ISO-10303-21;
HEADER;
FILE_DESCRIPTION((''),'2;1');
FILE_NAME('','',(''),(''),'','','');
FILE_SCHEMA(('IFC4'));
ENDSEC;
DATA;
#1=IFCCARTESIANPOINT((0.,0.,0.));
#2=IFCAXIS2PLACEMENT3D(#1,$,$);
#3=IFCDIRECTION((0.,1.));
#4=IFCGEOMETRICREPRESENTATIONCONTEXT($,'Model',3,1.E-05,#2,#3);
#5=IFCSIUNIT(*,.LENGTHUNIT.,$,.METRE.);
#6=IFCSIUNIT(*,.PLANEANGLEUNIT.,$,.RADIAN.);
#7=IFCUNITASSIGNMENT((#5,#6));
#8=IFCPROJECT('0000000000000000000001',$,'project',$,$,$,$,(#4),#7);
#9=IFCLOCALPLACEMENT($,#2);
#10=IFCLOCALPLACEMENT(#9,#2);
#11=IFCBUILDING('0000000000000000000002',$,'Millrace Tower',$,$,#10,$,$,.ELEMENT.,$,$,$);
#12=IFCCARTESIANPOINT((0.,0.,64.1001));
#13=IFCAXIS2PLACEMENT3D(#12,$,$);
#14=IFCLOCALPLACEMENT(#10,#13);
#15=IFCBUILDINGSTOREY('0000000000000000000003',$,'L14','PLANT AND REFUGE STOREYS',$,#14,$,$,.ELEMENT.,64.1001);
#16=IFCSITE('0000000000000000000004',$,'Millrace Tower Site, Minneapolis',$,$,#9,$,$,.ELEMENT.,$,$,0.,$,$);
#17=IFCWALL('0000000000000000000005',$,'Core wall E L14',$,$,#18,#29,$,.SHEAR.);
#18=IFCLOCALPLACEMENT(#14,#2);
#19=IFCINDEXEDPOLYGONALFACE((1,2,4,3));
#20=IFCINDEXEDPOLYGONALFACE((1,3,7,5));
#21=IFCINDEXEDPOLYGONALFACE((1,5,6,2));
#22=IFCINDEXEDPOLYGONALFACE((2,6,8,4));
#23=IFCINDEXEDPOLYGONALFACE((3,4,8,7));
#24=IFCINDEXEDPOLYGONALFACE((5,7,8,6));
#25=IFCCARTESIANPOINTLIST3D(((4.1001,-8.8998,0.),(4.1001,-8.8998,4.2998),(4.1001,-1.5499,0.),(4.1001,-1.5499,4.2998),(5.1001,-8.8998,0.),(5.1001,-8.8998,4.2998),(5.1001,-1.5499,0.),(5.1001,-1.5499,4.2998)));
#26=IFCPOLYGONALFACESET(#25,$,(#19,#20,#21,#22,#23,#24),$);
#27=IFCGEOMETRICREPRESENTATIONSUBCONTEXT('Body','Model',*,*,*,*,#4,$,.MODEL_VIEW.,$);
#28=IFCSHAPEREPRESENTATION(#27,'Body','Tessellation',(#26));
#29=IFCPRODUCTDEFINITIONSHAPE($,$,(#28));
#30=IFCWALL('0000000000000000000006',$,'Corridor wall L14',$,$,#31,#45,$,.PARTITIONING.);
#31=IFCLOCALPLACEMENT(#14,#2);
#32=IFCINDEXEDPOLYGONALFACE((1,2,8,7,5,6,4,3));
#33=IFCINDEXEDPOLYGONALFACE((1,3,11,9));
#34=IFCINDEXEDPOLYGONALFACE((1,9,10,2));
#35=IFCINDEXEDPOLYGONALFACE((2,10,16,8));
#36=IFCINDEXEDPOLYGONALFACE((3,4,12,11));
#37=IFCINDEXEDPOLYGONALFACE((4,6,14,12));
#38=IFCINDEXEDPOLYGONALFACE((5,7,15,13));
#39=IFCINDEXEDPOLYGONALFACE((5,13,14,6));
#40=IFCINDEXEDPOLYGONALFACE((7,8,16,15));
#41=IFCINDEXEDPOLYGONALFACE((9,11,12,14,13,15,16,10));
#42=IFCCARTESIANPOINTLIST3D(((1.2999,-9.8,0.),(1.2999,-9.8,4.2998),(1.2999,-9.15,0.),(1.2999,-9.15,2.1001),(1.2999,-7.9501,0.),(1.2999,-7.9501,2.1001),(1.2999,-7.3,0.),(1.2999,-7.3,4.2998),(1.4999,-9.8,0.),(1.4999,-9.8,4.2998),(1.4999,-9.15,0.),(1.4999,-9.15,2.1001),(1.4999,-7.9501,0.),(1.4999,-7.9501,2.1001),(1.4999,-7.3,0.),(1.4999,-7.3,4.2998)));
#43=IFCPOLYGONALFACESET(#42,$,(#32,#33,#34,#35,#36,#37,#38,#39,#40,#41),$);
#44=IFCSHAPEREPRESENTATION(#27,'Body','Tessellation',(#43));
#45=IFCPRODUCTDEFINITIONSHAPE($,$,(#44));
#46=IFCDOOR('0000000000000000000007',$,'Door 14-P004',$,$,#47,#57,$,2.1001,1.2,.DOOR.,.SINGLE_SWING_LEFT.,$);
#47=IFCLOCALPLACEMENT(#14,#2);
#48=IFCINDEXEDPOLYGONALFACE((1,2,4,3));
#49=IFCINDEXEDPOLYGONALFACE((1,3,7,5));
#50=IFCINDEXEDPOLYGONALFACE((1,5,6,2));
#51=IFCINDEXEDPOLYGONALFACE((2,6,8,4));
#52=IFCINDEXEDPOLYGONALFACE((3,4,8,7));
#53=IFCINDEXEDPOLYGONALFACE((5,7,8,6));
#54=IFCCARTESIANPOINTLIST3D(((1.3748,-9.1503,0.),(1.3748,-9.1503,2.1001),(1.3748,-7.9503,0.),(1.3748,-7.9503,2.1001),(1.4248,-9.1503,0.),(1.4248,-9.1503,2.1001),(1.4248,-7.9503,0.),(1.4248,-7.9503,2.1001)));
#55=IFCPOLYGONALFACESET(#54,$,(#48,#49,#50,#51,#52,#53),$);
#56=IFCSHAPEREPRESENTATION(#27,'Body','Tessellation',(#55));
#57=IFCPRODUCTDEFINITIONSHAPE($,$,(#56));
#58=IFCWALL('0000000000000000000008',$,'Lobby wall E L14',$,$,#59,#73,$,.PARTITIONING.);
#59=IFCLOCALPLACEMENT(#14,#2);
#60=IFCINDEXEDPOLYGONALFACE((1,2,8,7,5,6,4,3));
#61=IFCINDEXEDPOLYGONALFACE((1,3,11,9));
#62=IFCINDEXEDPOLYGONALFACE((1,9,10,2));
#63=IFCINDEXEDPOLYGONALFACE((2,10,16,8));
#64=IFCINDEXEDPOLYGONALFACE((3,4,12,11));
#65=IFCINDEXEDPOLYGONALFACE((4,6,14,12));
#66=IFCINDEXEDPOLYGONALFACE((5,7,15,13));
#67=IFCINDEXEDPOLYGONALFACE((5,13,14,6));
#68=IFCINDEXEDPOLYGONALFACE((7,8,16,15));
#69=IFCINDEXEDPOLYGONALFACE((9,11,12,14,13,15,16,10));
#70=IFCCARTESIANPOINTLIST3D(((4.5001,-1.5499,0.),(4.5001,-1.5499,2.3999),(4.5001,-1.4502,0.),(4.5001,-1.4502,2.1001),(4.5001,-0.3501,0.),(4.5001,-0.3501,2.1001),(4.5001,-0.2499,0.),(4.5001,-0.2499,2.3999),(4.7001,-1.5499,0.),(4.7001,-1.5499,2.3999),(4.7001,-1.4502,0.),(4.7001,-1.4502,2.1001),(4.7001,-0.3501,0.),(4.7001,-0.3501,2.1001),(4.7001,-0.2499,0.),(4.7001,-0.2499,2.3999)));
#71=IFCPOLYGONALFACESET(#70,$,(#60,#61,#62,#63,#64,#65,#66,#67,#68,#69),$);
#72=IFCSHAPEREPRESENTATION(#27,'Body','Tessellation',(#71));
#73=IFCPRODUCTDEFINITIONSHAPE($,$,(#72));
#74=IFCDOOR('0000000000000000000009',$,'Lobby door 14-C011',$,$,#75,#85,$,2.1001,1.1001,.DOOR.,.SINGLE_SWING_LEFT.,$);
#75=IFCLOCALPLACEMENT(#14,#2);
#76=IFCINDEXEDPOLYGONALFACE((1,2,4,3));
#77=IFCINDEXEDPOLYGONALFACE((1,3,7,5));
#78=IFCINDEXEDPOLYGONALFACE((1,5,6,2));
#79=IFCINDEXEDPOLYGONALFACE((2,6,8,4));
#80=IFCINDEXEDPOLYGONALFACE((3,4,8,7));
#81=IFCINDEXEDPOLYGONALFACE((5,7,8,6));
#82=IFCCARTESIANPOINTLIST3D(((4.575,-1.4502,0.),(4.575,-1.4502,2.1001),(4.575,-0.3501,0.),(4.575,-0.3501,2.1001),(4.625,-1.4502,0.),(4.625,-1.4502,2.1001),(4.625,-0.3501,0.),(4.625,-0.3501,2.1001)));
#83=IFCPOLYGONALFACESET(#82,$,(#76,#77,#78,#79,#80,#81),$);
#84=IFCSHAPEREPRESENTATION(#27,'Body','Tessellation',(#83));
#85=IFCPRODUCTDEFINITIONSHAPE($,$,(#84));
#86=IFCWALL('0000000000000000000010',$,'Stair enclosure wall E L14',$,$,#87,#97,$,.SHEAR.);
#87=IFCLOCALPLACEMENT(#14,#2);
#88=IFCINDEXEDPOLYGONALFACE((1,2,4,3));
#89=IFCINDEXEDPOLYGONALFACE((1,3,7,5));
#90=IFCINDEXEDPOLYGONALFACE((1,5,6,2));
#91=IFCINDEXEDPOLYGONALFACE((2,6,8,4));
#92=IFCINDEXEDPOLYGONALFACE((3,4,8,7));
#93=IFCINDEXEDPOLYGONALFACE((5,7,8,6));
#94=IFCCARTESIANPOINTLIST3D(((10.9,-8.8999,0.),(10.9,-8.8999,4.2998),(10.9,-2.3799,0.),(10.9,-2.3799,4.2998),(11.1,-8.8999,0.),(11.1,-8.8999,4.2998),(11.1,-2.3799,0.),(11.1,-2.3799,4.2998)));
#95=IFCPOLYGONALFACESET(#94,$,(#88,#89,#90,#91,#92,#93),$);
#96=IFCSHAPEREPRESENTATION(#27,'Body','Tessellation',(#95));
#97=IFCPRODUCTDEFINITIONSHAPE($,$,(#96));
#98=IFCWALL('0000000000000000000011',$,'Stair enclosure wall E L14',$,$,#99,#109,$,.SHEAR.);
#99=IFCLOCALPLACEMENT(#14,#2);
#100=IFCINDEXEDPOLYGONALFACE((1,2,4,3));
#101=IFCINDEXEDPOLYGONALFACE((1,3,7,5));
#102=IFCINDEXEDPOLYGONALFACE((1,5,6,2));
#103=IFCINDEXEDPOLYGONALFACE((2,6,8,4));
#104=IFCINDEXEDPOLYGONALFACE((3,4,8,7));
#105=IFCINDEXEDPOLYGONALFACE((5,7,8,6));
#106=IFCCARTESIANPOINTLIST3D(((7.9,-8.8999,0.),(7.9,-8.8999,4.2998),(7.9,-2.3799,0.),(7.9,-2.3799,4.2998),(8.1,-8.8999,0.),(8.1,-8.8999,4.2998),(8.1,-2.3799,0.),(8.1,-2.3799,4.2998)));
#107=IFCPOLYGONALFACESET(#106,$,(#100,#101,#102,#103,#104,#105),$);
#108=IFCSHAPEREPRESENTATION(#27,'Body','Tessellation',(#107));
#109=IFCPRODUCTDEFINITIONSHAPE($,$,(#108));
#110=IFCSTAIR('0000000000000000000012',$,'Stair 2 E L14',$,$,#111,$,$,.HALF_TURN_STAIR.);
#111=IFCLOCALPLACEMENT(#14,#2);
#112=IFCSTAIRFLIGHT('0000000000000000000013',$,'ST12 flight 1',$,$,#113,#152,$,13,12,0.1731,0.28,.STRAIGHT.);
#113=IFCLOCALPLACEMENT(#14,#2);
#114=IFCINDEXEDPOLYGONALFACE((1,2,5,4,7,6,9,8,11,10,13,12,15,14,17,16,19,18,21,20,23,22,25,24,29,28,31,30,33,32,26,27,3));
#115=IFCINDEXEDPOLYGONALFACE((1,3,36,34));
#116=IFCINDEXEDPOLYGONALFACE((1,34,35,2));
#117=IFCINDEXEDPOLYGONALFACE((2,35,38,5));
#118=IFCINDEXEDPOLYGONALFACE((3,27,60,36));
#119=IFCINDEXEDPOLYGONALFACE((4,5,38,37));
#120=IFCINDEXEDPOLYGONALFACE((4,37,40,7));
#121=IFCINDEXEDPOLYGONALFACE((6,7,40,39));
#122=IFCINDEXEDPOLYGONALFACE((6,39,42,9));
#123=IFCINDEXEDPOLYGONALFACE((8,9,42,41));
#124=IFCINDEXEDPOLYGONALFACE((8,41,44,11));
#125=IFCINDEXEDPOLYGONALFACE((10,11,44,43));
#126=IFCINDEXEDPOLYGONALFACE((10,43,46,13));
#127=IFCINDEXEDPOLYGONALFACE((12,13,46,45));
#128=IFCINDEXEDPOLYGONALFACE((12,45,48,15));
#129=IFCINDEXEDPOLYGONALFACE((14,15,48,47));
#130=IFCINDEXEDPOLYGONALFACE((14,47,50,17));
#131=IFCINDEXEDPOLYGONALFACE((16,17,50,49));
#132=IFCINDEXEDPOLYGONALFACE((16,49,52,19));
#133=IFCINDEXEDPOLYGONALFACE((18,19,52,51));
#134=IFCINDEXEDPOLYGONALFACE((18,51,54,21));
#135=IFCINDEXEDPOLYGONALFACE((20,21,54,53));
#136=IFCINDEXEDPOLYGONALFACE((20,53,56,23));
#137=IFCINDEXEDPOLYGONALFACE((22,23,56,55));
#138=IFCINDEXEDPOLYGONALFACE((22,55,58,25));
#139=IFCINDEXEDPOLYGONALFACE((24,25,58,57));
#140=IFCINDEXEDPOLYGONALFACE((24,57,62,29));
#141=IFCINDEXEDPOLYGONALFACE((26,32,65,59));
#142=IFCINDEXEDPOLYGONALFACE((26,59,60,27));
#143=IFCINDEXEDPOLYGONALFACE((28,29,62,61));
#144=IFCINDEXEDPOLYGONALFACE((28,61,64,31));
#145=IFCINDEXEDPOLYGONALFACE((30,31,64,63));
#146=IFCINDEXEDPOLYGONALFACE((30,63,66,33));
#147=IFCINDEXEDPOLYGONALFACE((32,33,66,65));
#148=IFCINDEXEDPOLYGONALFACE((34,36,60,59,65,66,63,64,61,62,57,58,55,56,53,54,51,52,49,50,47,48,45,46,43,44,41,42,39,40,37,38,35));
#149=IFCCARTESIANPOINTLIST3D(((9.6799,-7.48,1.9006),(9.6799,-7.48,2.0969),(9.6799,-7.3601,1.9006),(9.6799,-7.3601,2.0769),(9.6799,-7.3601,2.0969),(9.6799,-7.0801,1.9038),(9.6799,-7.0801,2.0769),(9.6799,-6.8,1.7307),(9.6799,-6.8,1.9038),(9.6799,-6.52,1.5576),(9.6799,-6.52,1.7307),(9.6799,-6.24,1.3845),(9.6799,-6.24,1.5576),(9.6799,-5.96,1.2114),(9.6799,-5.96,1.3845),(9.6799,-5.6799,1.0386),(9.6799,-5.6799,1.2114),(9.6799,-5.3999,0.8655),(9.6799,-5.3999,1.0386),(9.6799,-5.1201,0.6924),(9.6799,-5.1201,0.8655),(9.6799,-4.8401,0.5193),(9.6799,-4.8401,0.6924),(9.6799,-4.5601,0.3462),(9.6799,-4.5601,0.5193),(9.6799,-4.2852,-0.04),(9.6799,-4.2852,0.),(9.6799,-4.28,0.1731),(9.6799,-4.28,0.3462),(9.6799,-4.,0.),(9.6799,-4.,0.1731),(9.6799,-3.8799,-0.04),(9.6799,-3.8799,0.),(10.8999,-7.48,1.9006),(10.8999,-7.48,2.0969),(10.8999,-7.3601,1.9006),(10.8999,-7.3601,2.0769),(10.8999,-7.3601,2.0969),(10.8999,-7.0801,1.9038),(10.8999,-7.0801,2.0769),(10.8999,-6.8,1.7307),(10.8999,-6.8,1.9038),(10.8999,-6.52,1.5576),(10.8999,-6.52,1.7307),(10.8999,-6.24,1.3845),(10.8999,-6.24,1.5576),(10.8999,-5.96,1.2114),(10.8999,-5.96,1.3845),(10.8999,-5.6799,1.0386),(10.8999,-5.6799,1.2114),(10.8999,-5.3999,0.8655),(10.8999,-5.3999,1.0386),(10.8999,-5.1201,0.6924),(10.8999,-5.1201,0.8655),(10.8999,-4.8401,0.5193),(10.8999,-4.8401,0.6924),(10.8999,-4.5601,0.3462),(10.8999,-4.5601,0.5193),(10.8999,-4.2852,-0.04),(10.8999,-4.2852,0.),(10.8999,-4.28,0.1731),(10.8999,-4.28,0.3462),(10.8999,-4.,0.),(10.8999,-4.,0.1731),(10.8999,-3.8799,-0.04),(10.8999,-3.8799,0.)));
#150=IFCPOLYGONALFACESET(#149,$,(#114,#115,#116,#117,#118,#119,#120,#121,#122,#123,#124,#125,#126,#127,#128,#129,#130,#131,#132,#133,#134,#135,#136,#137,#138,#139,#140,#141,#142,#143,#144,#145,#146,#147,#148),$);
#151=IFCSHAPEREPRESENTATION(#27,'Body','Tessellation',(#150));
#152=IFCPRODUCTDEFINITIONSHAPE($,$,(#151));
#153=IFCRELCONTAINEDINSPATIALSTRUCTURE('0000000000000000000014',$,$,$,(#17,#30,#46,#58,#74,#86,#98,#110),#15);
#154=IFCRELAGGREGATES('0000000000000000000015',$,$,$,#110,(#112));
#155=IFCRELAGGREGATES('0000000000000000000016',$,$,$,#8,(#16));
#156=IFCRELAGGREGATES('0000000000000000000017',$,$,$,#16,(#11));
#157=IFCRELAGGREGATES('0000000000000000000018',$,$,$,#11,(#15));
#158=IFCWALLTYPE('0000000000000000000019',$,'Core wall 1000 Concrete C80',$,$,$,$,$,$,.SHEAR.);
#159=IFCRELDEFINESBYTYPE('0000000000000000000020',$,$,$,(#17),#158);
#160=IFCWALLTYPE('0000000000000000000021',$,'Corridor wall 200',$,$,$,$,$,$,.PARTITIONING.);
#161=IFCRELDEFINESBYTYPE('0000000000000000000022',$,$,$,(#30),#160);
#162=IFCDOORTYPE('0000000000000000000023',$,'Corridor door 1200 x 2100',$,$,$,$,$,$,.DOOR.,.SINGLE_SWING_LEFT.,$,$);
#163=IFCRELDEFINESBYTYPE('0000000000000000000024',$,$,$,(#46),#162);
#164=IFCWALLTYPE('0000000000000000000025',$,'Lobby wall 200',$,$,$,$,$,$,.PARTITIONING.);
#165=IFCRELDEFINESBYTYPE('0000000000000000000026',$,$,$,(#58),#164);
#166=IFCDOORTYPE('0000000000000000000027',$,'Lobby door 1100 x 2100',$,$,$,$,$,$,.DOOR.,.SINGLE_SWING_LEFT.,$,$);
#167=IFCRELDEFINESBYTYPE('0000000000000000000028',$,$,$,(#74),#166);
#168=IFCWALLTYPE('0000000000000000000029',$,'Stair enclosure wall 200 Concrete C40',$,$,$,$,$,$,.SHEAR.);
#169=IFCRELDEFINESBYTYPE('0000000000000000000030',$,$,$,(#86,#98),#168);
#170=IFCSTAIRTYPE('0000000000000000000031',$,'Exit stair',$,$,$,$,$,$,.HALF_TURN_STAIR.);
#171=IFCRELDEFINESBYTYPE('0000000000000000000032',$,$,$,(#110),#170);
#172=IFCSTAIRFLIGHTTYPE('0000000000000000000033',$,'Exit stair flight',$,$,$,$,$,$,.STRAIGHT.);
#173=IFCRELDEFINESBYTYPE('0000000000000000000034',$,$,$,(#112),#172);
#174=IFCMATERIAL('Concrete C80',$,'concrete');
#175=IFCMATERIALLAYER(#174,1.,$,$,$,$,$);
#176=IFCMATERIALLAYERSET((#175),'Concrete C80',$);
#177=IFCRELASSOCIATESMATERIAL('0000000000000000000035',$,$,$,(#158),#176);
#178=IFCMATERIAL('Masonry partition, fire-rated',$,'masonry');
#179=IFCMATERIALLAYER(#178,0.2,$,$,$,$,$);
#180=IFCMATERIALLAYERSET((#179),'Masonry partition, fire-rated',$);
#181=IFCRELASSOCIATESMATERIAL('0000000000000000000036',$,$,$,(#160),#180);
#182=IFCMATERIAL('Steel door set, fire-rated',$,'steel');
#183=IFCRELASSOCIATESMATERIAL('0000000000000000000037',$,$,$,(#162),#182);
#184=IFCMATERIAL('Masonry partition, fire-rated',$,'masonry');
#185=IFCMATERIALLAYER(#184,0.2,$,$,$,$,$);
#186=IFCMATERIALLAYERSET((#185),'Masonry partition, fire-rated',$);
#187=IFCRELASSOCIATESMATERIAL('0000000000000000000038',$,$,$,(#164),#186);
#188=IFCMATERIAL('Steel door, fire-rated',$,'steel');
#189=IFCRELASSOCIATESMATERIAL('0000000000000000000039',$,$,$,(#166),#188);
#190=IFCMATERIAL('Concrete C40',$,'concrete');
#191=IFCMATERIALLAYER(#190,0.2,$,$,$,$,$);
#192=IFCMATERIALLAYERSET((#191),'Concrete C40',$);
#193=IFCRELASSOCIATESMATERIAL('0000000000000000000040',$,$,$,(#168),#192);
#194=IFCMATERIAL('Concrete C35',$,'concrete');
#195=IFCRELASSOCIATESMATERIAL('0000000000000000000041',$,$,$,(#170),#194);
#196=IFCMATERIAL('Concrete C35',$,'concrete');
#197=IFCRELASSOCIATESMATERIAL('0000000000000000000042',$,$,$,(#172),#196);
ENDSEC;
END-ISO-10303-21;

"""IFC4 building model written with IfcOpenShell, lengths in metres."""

from ifc_helpers import new_model, si_unit, direction, frame, frame_2d, origin, place, context, subcontext, project, spatial, polyline, rectangle, outline, extrude, material, layer, layer_set, type_object, element, fill, aggregate, save


model = new_model("IFC4")

# Units and contexts
model_context = context("Model", 3, precision=1e-05, world=origin(), true_north=direction((0.0, 1.0)))
body_context = subcontext(model_context, "Body", "Model", "MODEL_VIEW")
ifc_project = project(units=[si_unit("LENGTHUNIT", "METRE"), si_unit("PLANEANGLEUNIT", "RADIAN")], contexts=[model_context])

# Site, building, storey
site_placement = place(None, origin())
site = spatial("IfcSite", under=ifc_project, at=site_placement, Name="Millrace Tower Site, Minneapolis", CompositionType="ELEMENT", RefElevation=0.0)
building_placement = place(site_placement, origin())
building = spatial("IfcBuilding", under=site, at=building_placement, Name="Millrace Tower", CompositionType="ELEMENT")
storey_placement = place(building_placement, frame((0.0, 0.0, 64.1001)))
storey = spatial("IfcBuildingStorey", under=building, at=storey_placement, Name="L14", Description="PLANT AND REFUGE STOREYS", CompositionType="ELEMENT", Elevation=64.1001)

# Wall
ifc_material_1 = material(Name="Concrete C80", Category="concrete")
ifc_layer_1 = layer(ifc_material_1, 1.0)
ifc_layer_set_1 = layer_set([ifc_layer_1], Name="Concrete C80")
wall_type_1 = type_object("IfcWallType", Name="Core wall 1000 Concrete C80", PredefinedType="SHEAR", material=ifc_layer_set_1)
wall_1_placement = place(storey_placement, frame((4.6001, -1.55, 0.0), z_axis=(0.0, 0.0, 1.0), x_axis=(0.0, -1.0, 0.0)))
element("IfcWall", 1, at=wall_1_placement, inside=storey, type_object=wall_type_1, Name="Core wall E L14", PredefinedType="SHEAR", context=body_context, shape_type="SweptSolid", body=[
    extrude(rectangle(XDim=7.3499, YDim=1.0, at=frame_2d((3.6748, 0.0))), origin(), (0.0, 0.0, 1.0), 4.2998),
])

# Walls, openings, doors
ifc_material_2 = material(Name="Masonry partition, fire-rated", Category="masonry")
ifc_layer_2 = layer(ifc_material_2, 0.2)
ifc_layer_set_2 = layer_set([ifc_layer_2], Name="Masonry partition, fire-rated")
wall_type_2 = type_object("IfcWallType", Name="Corridor wall 200", PredefinedType="PARTITIONING", material=ifc_layer_set_2)
wall_2_placement = place(storey_placement, frame((1.3999, -9.8, 0.0), z_axis=(0.0, 0.0, 1.0), x_axis=(0.0, 1.0, 0.0)))
wall_2 = element("IfcWall", 2, at=wall_2_placement, inside=storey, type_object=wall_type_2, Name="Corridor wall L14", PredefinedType="PARTITIONING", context=body_context, shape_type="SweptSolid", body=[
    extrude(rectangle(XDim=2.5, YDim=0.2, at=frame_2d((1.25, 0.0))), origin(), (0.0, 0.0, 1.0), 4.2998),
])
opening_1_placement = place(wall_2_placement, frame((0.6499, 0.0, 0.0)))
opening_1 = element("IfcOpeningElement", 3, at=opening_1_placement, cuts=wall_2, PredefinedType="OPENING", context=body_context, shape_type="SweptSolid", body=[
    extrude(rectangle(XDim=1.2, YDim=2.1001, at=frame_2d((0.6001, 1.05))), frame((0.0, 0.1099, 0.0), z_axis=(0.0, -1.0, 0.0), x_axis=(1.0, 0.0, 0.0)), (0.0, 0.0, 1.0), 0.22),
])
ifc_material_3 = material(Name="Steel door set, fire-rated", Category="steel")
door_type_1 = type_object("IfcDoorType", Name="Corridor door 1200 x 2100", OperationType="SINGLE_SWING_LEFT", PredefinedType="DOOR", material=ifc_material_3)
door_1_placement = place(opening_1_placement, frame((1.2, 0.0, 0.0), z_axis=(0.0, 0.0, 1.0), x_axis=(-1.0, 0.0, 0.0)))
door_1 = element("IfcDoor", 4, at=door_1_placement, inside=storey, type_object=door_type_1, Name="Door 14-P004", OperationType="SINGLE_SWING_LEFT", OverallHeight=2.1001, OverallWidth=1.2, PredefinedType="DOOR", context=body_context, shape_type="SweptSolid", body=[
    extrude(rectangle(XDim=1.2, YDim=2.1001, at=frame_2d((0.6001, 1.05))), frame((0.0, 0.0249, 0.0), z_axis=(0.0, -1.0, 0.0), x_axis=(1.0, 0.0, 0.0)), (0.0, 0.0, 1.0), 0.05),
])
fill(opening_1, door_1)
ifc_material_4 = material(Name="Masonry partition, fire-rated", Category="masonry")
ifc_layer_3 = layer(ifc_material_4, 0.2)
ifc_layer_set_3 = layer_set([ifc_layer_3], Name="Masonry partition, fire-rated")
wall_type_3 = type_object("IfcWallType", Name="Lobby wall 200", PredefinedType="PARTITIONING", material=ifc_layer_set_3)
wall_3_placement = place(storey_placement, frame((4.6001, -0.25, 0.0), z_axis=(0.0, 0.0, 1.0), x_axis=(0.0, -1.0, 0.0)))
wall_3 = element("IfcWall", 5, at=wall_3_placement, inside=storey, type_object=wall_type_3, Name="Lobby wall E L14", PredefinedType="PARTITIONING", context=body_context, shape_type="SweptSolid", body=[
    extrude(rectangle(XDim=1.3, YDim=0.2, at=frame_2d((0.6499, 0.0))), origin(), (0.0, 0.0, 1.0), 2.3999),
])
opening_2_placement = place(wall_3_placement, frame((0.1001, 0.0, 0.0)))
opening_2 = element("IfcOpeningElement", 6, at=opening_2_placement, cuts=wall_3, PredefinedType="OPENING", context=body_context, shape_type="SweptSolid", body=[
    extrude(rectangle(XDim=1.1001, YDim=2.1001, at=frame_2d((0.55, 1.05))), frame((0.0, 0.1099, 0.0), z_axis=(0.0, -1.0, 0.0), x_axis=(1.0, 0.0, 0.0)), (0.0, 0.0, 1.0), 0.22),
])
ifc_material_5 = material(Name="Steel door, fire-rated", Category="steel")
door_type_2 = type_object("IfcDoorType", Name="Lobby door 1100 x 2100", OperationType="SINGLE_SWING_LEFT", PredefinedType="DOOR", material=ifc_material_5)
door_2_placement = place(opening_2_placement, origin())
door_2 = element("IfcDoor", 7, at=door_2_placement, inside=storey, type_object=door_type_2, Name="Lobby door 14-C011", OperationType="SINGLE_SWING_LEFT", OverallHeight=2.1001, OverallWidth=1.1001, PredefinedType="DOOR", context=body_context, shape_type="SweptSolid", body=[
    extrude(rectangle(XDim=1.1001, YDim=2.1001, at=frame_2d((0.55, 1.05))), frame((0.0, 0.0249, 0.0), z_axis=(0.0, -1.0, 0.0), x_axis=(1.0, 0.0, 0.0)), (0.0, 0.0, 1.0), 0.05),
])
fill(opening_2, door_2)

# Walls
ifc_material_6 = material(Name="Concrete C40", Category="concrete")
ifc_layer_4 = layer(ifc_material_6, 0.2)
ifc_layer_set_4 = layer_set([ifc_layer_4], Name="Concrete C40")
wall_type_4 = type_object("IfcWallType", Name="Stair enclosure wall 200 Concrete C40", PredefinedType="SHEAR", material=ifc_layer_set_4)
for number, where, z_axis, x_axis, name in (
    (8, (11.0, -2.3799, 0.0), (0.0, 0.0, 1.0), (0.0, -1.0, 0.0), "Stair enclosure wall E L14"),
    (9, (8.0, -2.3799, 0.0), (0.0, 0.0, 1.0), (0.0, -1.0, 0.0), "Stair enclosure wall E L14"),
):
    element("IfcWall", number, at=place(storey_placement, frame(where, z_axis=z_axis, x_axis=x_axis)), inside=storey, type_object=wall_type_4, Name=name, PredefinedType="SHEAR", context=body_context, shape_type="SweptSolid", body=[
        extrude(rectangle(XDim=6.52, YDim=0.2, at=frame_2d((3.26, 0.0))), origin(), (0.0, 0.0, 1.0), 4.2998),
    ])

# Stair, stair flight
ifc_material_7 = material(Name="Concrete C35", Category="concrete")
stair_type = type_object("IfcStairType", Name="Exit stair", PredefinedType="HALF_TURN_STAIR", material=ifc_material_7)
placement = place(storey_placement, origin())
stair_1 = element("IfcStair", 10, at=placement, inside=storey, type_object=stair_type, Name="Stair 2 E L14", PredefinedType="HALF_TURN_STAIR")
ifc_material_8 = material(Name="Concrete C35", Category="concrete")
stair_flight_type = type_object("IfcStairFlightType", Name="Exit stair flight", PredefinedType="STRAIGHT", material=ifc_material_8)
stair_flight_1_placement = place(storey_placement, frame((10.29, -4.0, 0.0), z_axis=(0.0, 0.0, 1.0), x_axis=(0.0, -1.0, 0.0)))
stair_flight_1 = element("IfcStairFlight", 11, at=stair_flight_1_placement, type_object=stair_flight_type, Name="ST12 flight 1", NumberOfRisers=13, NumberOfTreads=12, PredefinedType="STRAIGHT", RiserHeight=0.1731, TreadLength=0.28, context=body_context, shape_type="SweptSolid", body=[
    extrude(outline(polyline([(-0.1201, -0.04), (-0.1201, 0.0), (0.0, 0.0), (0.0, 0.1731), (0.28, 0.1731), (0.28, 0.3462), (0.5601, 0.3462), (0.5601, 0.5193), (0.8401, 0.5193), (0.8401, 0.6924), (1.1201, 0.6924), (1.1201, 0.8655), (1.3999, 0.8655), (1.3999, 1.0386), (1.6799, 1.0386), (1.6799, 1.2114), (1.96, 1.2114), (1.96, 1.3845), (2.24, 1.3845), (2.24, 1.5576), (2.52, 1.5576), (2.52, 1.7307), (2.8, 1.7307), (2.8, 1.9038), (3.0801, 1.9038), (3.0801, 2.0769), (3.3601, 2.0769), (3.3601, 2.0969), (3.48, 2.0969), (3.48, 1.9006), (3.3601, 1.9006), (0.2852, 0.0), (0.2852, -0.04), (-0.1201, -0.04)])), frame((0.0, 0.6099, 0.0), z_axis=(0.0, -1.0, 0.0), x_axis=(1.0, 0.0, 0.0)), (0.0, 0.0, 1.0), 1.22),
])
aggregate(stair_1, [stair_flight_1])

save(model, "model.ifc")
